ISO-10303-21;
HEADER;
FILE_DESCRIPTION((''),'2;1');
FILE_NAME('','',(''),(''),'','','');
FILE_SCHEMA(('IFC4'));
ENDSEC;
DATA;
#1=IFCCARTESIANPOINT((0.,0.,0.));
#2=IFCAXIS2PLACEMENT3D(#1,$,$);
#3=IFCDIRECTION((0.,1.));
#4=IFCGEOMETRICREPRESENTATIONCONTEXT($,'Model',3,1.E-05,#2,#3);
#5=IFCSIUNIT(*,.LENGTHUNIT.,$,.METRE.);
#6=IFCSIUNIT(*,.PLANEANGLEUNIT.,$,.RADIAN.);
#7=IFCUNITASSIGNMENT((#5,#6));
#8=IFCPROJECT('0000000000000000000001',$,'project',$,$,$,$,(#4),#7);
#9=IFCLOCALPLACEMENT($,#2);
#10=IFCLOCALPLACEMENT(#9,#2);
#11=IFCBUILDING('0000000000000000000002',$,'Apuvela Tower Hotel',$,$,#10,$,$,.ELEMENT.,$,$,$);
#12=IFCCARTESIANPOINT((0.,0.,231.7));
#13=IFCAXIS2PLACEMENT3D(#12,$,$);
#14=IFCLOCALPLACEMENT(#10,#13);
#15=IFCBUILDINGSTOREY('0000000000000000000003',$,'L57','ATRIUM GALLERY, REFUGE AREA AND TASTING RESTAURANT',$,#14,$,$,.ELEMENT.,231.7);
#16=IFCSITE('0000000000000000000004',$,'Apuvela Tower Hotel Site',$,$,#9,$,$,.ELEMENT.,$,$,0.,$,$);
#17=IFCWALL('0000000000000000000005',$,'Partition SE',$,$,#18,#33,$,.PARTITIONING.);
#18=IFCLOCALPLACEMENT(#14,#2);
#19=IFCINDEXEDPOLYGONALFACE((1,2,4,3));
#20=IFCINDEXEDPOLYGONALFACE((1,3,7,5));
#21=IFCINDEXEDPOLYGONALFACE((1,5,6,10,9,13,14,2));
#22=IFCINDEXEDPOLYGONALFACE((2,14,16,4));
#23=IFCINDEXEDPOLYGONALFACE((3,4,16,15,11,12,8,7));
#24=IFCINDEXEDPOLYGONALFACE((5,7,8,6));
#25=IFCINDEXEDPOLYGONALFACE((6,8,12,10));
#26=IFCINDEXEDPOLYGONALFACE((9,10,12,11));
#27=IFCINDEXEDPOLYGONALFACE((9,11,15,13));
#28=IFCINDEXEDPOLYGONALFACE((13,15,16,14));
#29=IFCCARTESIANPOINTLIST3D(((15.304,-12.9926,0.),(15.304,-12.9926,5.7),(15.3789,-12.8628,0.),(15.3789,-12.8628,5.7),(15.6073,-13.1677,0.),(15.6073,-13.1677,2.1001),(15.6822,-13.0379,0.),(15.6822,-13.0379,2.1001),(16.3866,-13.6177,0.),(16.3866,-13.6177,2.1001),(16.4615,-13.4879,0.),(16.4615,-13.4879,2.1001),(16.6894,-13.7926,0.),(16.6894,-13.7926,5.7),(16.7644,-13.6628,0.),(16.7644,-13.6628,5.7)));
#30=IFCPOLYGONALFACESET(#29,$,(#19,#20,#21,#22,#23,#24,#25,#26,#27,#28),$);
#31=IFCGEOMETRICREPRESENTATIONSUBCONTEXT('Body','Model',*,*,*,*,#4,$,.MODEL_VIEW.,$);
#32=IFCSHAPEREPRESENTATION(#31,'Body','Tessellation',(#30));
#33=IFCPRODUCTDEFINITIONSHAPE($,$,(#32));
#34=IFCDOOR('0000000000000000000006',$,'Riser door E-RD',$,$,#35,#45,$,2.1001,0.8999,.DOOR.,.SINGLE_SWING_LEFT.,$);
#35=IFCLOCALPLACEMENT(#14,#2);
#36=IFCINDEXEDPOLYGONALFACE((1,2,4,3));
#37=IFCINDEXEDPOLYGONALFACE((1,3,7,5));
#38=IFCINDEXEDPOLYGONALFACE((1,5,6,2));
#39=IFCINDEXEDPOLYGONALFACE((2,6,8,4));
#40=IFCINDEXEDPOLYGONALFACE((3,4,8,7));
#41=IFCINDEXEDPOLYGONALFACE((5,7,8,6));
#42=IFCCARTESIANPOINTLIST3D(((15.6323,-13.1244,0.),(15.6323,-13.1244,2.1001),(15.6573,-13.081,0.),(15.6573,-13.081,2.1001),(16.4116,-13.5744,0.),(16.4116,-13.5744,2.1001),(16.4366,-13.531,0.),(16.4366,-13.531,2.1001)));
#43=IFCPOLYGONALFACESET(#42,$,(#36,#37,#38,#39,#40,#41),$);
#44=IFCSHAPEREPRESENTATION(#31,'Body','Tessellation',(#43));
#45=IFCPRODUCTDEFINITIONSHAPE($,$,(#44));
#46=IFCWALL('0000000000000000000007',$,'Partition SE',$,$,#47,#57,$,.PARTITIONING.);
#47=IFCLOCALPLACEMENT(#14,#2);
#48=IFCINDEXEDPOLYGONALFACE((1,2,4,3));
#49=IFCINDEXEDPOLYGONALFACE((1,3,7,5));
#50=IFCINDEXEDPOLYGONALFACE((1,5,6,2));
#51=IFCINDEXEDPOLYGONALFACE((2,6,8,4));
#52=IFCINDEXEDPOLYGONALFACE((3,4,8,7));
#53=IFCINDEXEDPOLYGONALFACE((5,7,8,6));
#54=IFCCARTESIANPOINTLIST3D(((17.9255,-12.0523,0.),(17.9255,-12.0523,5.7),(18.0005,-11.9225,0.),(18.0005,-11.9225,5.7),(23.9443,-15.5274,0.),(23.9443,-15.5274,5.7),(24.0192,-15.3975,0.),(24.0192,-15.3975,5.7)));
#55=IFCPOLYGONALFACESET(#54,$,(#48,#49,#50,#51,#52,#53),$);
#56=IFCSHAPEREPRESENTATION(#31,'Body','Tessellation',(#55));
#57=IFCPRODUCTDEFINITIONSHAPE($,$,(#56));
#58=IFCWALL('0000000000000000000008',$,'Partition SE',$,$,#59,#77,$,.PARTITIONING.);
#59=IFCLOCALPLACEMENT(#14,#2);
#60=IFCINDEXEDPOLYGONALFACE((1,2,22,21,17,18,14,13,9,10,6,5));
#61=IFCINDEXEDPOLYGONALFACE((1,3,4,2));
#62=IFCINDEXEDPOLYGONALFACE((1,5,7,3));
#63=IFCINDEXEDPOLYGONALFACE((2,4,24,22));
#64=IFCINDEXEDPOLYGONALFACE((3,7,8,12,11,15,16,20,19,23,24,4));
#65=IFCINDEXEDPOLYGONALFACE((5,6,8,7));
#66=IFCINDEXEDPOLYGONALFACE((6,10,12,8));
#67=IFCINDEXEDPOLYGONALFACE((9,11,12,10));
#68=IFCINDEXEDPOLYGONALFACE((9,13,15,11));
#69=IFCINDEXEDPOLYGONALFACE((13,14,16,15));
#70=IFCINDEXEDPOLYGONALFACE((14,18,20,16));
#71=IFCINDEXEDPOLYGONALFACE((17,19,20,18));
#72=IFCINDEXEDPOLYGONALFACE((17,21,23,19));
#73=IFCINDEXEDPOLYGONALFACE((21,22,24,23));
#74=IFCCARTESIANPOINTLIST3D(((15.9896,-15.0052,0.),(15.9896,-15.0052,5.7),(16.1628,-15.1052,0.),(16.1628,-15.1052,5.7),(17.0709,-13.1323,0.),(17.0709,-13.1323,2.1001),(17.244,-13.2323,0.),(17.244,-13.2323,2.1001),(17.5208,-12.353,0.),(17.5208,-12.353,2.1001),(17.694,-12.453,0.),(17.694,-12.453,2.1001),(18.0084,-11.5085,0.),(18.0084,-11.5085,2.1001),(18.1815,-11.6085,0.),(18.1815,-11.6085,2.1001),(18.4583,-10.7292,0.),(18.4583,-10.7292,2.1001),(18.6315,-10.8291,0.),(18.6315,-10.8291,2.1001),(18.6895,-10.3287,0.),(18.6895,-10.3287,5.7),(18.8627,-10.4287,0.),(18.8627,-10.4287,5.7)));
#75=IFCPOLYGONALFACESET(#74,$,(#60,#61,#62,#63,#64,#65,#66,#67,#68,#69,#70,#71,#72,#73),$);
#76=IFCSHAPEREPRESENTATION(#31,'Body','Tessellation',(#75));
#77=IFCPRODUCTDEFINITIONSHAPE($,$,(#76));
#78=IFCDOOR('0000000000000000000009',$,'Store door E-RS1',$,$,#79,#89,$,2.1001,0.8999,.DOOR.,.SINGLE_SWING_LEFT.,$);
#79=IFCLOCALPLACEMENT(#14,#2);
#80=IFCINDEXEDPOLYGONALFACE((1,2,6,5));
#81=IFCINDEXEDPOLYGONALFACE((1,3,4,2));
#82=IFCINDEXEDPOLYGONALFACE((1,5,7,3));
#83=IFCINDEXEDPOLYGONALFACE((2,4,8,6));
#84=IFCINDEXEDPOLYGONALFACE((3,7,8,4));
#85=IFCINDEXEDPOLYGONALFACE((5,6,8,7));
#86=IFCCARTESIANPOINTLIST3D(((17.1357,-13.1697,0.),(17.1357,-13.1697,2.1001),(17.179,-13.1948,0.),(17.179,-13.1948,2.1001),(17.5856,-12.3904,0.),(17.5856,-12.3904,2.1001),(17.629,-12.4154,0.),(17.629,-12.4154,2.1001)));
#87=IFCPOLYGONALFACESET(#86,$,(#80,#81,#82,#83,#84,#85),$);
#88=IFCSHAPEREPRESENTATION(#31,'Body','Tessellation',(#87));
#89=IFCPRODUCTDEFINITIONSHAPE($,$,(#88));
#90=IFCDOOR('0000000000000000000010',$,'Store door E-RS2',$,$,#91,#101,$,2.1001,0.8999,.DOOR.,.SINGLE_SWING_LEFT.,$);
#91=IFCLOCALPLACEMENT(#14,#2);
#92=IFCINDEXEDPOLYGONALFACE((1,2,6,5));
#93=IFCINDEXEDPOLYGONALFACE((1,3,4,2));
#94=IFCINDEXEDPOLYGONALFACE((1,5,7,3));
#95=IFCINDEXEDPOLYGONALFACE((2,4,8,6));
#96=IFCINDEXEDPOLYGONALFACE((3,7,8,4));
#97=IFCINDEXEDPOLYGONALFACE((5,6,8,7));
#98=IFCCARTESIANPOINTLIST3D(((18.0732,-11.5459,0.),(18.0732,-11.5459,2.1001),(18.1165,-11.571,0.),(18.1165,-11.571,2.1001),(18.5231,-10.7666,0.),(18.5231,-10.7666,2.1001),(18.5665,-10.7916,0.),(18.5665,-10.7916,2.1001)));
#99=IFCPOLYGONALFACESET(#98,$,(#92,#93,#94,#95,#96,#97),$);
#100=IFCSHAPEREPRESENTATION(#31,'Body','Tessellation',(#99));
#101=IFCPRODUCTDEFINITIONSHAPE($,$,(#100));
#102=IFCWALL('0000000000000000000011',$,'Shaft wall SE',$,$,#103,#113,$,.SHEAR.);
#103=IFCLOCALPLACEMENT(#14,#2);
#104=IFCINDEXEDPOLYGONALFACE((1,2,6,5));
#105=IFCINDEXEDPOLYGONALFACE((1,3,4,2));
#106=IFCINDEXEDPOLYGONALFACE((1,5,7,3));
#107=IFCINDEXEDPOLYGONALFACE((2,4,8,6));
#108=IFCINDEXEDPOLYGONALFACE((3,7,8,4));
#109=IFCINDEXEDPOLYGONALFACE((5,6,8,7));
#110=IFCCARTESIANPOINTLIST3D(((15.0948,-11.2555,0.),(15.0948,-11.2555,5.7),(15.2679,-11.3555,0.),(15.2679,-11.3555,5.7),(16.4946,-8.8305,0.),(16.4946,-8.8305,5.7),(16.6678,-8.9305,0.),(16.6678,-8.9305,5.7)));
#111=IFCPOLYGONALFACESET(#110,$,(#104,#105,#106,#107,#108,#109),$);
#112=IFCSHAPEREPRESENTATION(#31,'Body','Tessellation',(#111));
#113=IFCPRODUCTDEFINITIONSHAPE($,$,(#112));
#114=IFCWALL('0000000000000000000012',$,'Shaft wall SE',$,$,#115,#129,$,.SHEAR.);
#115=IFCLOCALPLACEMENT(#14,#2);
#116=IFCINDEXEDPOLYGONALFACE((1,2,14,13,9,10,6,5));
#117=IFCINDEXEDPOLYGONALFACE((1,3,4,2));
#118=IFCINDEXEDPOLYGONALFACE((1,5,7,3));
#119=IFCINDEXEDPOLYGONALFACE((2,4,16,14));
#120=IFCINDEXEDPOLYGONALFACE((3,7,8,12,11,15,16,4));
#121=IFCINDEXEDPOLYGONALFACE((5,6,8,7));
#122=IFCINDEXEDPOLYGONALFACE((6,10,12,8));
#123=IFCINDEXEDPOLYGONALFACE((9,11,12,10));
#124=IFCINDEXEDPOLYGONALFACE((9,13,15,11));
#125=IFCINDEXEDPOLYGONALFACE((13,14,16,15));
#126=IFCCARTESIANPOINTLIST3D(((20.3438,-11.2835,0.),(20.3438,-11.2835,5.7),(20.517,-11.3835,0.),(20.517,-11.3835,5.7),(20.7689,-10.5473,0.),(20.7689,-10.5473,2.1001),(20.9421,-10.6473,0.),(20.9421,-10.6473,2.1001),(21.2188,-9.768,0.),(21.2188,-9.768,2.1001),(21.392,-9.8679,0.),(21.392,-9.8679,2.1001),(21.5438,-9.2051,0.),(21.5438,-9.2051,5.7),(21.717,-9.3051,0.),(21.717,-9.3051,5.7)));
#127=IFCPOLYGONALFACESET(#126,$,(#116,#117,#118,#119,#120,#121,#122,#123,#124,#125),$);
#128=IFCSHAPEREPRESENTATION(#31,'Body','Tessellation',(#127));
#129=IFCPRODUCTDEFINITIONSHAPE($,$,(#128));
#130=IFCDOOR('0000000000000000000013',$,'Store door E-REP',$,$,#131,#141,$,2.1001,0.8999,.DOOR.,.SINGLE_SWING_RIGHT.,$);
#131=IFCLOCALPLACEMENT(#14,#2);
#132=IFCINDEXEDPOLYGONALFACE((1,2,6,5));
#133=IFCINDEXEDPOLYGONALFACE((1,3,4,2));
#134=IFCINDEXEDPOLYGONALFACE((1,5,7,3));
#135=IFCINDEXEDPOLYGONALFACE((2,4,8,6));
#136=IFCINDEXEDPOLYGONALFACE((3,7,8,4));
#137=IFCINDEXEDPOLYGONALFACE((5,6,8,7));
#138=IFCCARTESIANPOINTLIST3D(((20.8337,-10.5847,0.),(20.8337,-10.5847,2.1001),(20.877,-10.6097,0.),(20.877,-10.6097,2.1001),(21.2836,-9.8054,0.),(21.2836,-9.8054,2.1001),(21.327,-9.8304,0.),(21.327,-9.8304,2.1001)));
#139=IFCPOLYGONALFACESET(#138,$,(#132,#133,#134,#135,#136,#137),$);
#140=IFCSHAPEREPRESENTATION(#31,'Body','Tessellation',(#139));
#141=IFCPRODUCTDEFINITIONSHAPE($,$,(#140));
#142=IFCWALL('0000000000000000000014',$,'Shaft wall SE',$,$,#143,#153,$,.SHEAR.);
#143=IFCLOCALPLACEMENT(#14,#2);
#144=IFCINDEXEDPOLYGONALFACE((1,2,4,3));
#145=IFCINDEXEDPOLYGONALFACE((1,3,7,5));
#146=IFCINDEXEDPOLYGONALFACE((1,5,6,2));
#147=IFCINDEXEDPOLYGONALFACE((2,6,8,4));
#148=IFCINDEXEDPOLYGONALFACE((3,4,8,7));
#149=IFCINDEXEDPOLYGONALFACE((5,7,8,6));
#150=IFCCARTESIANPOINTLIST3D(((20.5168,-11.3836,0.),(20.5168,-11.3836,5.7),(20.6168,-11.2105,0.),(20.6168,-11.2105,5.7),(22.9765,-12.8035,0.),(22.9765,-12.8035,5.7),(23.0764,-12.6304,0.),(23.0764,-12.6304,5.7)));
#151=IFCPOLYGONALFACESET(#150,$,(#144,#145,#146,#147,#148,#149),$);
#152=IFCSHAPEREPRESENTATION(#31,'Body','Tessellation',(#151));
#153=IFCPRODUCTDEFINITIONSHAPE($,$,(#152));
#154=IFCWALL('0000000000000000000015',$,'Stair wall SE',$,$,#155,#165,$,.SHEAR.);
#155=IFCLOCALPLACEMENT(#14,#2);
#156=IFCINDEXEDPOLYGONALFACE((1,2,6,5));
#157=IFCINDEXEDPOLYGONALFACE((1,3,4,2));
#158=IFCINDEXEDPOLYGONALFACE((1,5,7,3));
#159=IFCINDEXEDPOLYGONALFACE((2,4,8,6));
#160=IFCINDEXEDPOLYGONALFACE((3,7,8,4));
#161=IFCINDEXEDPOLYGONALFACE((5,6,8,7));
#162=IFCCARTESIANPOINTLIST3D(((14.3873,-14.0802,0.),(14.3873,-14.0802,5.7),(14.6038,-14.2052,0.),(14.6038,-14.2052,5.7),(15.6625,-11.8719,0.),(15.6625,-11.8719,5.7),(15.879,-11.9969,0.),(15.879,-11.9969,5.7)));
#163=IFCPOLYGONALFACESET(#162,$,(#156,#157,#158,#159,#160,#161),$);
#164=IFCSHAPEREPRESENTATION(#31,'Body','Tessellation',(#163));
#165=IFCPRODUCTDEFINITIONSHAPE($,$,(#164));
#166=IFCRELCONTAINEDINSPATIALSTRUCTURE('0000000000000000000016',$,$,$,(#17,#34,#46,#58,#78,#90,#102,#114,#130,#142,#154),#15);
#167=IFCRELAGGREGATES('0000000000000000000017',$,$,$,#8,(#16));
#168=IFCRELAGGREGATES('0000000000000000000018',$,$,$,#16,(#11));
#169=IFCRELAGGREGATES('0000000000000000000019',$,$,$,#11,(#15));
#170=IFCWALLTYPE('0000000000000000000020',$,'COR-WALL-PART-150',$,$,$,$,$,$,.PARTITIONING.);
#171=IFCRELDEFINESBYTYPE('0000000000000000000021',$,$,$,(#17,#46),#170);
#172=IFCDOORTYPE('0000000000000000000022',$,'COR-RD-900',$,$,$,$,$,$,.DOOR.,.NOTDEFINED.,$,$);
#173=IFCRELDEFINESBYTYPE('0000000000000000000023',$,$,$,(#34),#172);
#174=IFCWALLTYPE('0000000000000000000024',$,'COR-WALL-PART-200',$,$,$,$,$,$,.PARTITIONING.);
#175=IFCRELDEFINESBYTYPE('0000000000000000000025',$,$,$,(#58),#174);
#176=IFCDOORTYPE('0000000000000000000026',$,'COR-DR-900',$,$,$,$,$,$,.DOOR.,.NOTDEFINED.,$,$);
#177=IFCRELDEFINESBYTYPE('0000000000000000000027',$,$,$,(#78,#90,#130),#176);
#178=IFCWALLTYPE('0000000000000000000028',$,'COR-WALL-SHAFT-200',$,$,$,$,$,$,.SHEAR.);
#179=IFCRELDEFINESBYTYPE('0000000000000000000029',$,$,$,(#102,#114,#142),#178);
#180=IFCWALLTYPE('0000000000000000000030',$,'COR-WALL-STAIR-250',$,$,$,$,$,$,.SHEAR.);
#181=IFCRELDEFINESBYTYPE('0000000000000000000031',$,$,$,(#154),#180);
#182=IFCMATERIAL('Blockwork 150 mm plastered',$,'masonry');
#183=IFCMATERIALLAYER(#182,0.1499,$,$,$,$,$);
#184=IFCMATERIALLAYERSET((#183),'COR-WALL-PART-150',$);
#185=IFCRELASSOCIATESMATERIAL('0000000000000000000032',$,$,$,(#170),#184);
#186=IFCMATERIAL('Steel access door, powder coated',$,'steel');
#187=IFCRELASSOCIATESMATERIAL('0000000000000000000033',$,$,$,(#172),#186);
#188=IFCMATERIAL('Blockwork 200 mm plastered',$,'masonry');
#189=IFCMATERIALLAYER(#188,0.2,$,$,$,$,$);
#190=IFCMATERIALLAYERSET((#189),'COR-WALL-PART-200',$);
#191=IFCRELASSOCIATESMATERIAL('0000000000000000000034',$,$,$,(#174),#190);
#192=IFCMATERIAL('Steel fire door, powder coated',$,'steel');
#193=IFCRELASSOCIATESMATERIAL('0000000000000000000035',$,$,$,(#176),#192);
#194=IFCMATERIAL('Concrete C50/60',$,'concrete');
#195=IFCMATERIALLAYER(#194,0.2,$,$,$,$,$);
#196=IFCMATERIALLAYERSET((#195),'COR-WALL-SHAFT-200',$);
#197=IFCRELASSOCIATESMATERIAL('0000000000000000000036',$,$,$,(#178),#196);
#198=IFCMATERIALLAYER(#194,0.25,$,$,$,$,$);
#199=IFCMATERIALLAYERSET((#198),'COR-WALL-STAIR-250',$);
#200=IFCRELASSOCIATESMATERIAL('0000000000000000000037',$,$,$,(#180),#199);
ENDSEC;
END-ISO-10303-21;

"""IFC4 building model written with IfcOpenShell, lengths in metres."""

from ifc_helpers import new_model, si_unit, direction, frame, frame_2d, origin, place, context, subcontext, project, spatial, rectangle, extrude, material, layer, layer_set, type_object, element, fill, save


model = new_model("IFC4")

# Units and contexts
model_context = context("Model", 3, precision=1e-05, world=origin(), true_north=direction((0.0, 1.0)))
body_context = subcontext(model_context, "Body", "Model", "MODEL_VIEW")
ifc_project = project(units=[si_unit("LENGTHUNIT", "METRE"), si_unit("PLANEANGLEUNIT", "RADIAN")], contexts=[model_context])

# Site, building, storey
site_placement = place(None, origin())
site = spatial("IfcSite", under=ifc_project, at=site_placement, Name="Apuvela Tower Hotel Site", CompositionType="ELEMENT", RefElevation=0.0)
building_placement = place(site_placement, origin())
building = spatial("IfcBuilding", under=site, at=building_placement, Name="Apuvela Tower Hotel", CompositionType="ELEMENT")
storey_placement = place(building_placement, frame((0.0, 0.0, 231.7)))
storey = spatial("IfcBuildingStorey", under=building, at=storey_placement, Name="L57", Description="ATRIUM GALLERY, REFUGE AREA AND TASTING RESTAURANT", CompositionType="ELEMENT", Elevation=231.7)

# Wall, opening, door
ifc_material_1 = material(Name="Blockwork 150 mm plastered", Category="masonry")
ifc_layer_1 = layer(ifc_material_1, 0.1499)
ifc_layer_set_1 = layer_set([ifc_layer_1], Name="COR-WALL-PART-150")
wall_type_1 = type_object("IfcWallType", Name="COR-WALL-PART-150", PredefinedType="PARTITIONING", material=ifc_layer_set_1)
wall_1_placement = place(storey_placement, frame((15.3416, -12.9277, 0.0), z_axis=(0.0, 0.0, 1.0), x_axis=(0.86599, -0.500061, 0.0)))
wall_1 = element("IfcWall", 1, at=wall_1_placement, inside=storey, type_object=wall_type_1, Name="Partition SE", PredefinedType="PARTITIONING", context=body_context, shape_type="SweptSolid", body=[
    extrude(rectangle(XDim=1.5999, YDim=0.1499, at=frame_2d((0.7998, 0.0))), origin(), (0.0, 0.0, 1.0), 5.7),
])
opening_1_placement = place(wall_1_placement, frame((0.3501, 0.0, 0.0)))
opening_1 = element("IfcOpeningElement", 2, at=opening_1_placement, cuts=wall_1, PredefinedType="OPENING", context=body_context, shape_type="SweptSolid", body=[
    extrude(rectangle(XDim=0.8999, YDim=2.1001, at=frame_2d((0.45, 1.05))), frame((0.0, 0.085, 0.0), z_axis=(0.0, -1.0, 0.0), x_axis=(1.0, 0.0, 0.0)), (0.0, 0.0, 1.0), 0.1699),
])
ifc_material_2 = material(Name="Steel access door, powder coated", Category="steel")
door_type_1 = type_object("IfcDoorType", Name="COR-RD-900", OperationType="NOTDEFINED", PredefinedType="DOOR", material=ifc_material_2)
door_1_placement = place(opening_1_placement, frame((0.8999, 0.0, 0.0), z_axis=(0.0, 0.0, 1.0), x_axis=(-1.0, 0.0, 0.0)))
door_1 = element("IfcDoor", 3, at=door_1_placement, inside=storey, type_object=door_type_1, Name="Riser door E-RD", OperationType="SINGLE_SWING_LEFT", OverallHeight=2.1001, OverallWidth=0.8999, PredefinedType="DOOR", context=body_context, shape_type="SweptSolid", body=[
    extrude(rectangle(XDim=0.8999, YDim=2.1001, at=frame_2d((0.45, 1.05))), frame((0.0, 0.0249, 0.0), z_axis=(0.0, -1.0, 0.0), x_axis=(1.0, 0.0, 0.0)), (0.0, 0.0, 1.0), 0.05),
])
fill(opening_1, door_1)

# Wall
wall_2_placement = place(storey_placement, frame((17.9629, -11.9873, 0.0), z_axis=(0.0, 0.0, 1.0), x_axis=(0.866017, -0.500015, 0.0)))
element("IfcWall", 4, at=wall_2_placement, inside=storey, type_object=wall_type_1, Name="Partition SE", PredefinedType="PARTITIONING", context=body_context, shape_type="SweptSolid", body=[
    extrude(rectangle(XDim=6.95, YDim=0.1499, at=frame_2d((3.4751, 0.0))), origin(), (0.0, 0.0, 1.0), 5.7),
])

# Wall, openings, doors
ifc_material_3 = material(Name="Blockwork 200 mm plastered", Category="masonry")
ifc_layer_2 = layer(ifc_material_3, 0.2)
ifc_layer_set_2 = layer_set([ifc_layer_2], Name="COR-WALL-PART-200")
wall_type_2 = type_object("IfcWallType", Name="COR-WALL-PART-200", PredefinedType="PARTITIONING", material=ifc_layer_set_2)
wall_3_placement = place(storey_placement, frame((16.0762, -15.0552, 0.0), z_axis=(0.0, 0.0, 1.0), x_axis=(0.499995, 0.866028, 0.0)))
wall_3 = element("IfcWall", 5, at=wall_3_placement, inside=storey, type_object=wall_type_2, Name="Partition SE", PredefinedType="PARTITIONING", context=body_context, shape_type="SweptSolid", body=[
    extrude(rectangle(XDim=5.3999, YDim=0.2, at=frame_2d((2.7, 0.0))), origin(), (0.0, 0.0, 1.0), 5.7),
])
opening_2_placement = place(wall_3_placement, frame((2.1626, 0.0, 0.0)))
opening_2 = element("IfcOpeningElement", 6, at=opening_2_placement, cuts=wall_3, PredefinedType="OPENING", context=body_context, shape_type="SweptSolid", body=[
    extrude(rectangle(XDim=0.8999, YDim=2.1001, at=frame_2d((0.45, 1.05))), frame((0.0, 0.1099, 0.0), z_axis=(0.0, -1.0, 0.0), x_axis=(1.0, 0.0, 0.0)), (0.0, 0.0, 1.0), 0.22),
])
opening_3_placement = place(wall_3_placement, frame((4.0376, 0.0, 0.0)))
opening_3 = element("IfcOpeningElement", 7, at=opening_3_placement, cuts=wall_3, PredefinedType="OPENING", context=body_context, shape_type="SweptSolid", body=[
    extrude(rectangle(XDim=0.8999, YDim=2.1001, at=frame_2d((0.45, 1.05))), frame((0.0, 0.1099, 0.0), z_axis=(0.0, -1.0, 0.0), x_axis=(1.0, 0.0, 0.0)), (0.0, 0.0, 1.0), 0.22),
])
ifc_material_4 = material(Name="Steel fire door, powder coated", Category="steel")
door_type_2 = type_object("IfcDoorType", Name="COR-DR-900", OperationType="NOTDEFINED", PredefinedType="DOOR", material=ifc_material_4)
door_2_placement = place(opening_2_placement, frame((0.8999, 0.0, 0.0), z_axis=(0.0, 0.0, 1.0), x_axis=(-1.0, 0.0, 0.0)))
door_2 = element("IfcDoor", 8, at=door_2_placement, inside=storey, type_object=door_type_2, Name="Store door E-RS1", OperationType="SINGLE_SWING_LEFT", OverallHeight=2.1001, OverallWidth=0.8999, PredefinedType="DOOR", context=body_context, shape_type="SweptSolid", body=[
    extrude(rectangle(XDim=0.8999, YDim=2.1001, at=frame_2d((0.45, 1.05))), frame((0.0, 0.0249, 0.0), z_axis=(0.0, -1.0, 0.0), x_axis=(1.0, 0.0, 0.0)), (0.0, 0.0, 1.0), 0.05),
])
fill(opening_2, door_2)
door_3_placement = place(opening_3_placement, frame((0.8999, 0.0, 0.0), z_axis=(0.0, 0.0, 1.0), x_axis=(-1.0, 0.0, 0.0)))
door_3 = element("IfcDoor", 9, at=door_3_placement, inside=storey, type_object=door_type_2, Name="Store door E-RS2", OperationType="SINGLE_SWING_LEFT", OverallHeight=2.1001, OverallWidth=0.8999, PredefinedType="DOOR", context=body_context, shape_type="SweptSolid", body=[
    extrude(rectangle(XDim=0.8999, YDim=2.1001, at=frame_2d((0.45, 1.05))), frame((0.0, 0.0249, 0.0), z_axis=(0.0, -1.0, 0.0), x_axis=(1.0, 0.0, 0.0)), (0.0, 0.0, 1.0), 0.05),
])
fill(opening_3, door_3)

# Wall
ifc_material_5 = material(Name="Concrete C50/60", Category="concrete")
ifc_layer_3 = layer(ifc_material_5, 0.2)
ifc_layer_set_3 = layer_set([ifc_layer_3], Name="COR-WALL-SHAFT-200")
wall_type_3 = type_object("IfcWallType", Name="COR-WALL-SHAFT-200", PredefinedType="SHEAR", material=ifc_layer_set_3)
wall_4_placement = place(storey_placement, frame((15.1814, -11.3054, 0.0), z_axis=(0.0, 0.0, 1.0), x_axis=(0.499946, 0.866056, 0.0)))
element("IfcWall", 10, at=wall_4_placement, inside=storey, type_object=wall_type_3, Name="Shaft wall SE", PredefinedType="SHEAR", context=body_context, shape_type="SweptSolid", body=[
    extrude(rectangle(XDim=2.8, YDim=0.2, at=frame_2d((1.3999, 0.0))), origin(), (0.0, 0.0, 1.0), 5.7),
])

# Wall, opening, door
wall_5_placement = place(storey_placement, frame((20.4304, -11.3335, 0.0), z_axis=(0.0, 0.0, 1.0), x_axis=(0.500001, 0.866025, 0.0)))
wall_5 = element("IfcWall", 11, at=wall_5_placement, inside=storey, type_object=wall_type_3, Name="Shaft wall SE", PredefinedType="SHEAR", context=body_context, shape_type="SweptSolid", body=[
    extrude(rectangle(XDim=2.3999, YDim=0.2, at=frame_2d((1.2, 0.0))), origin(), (0.0, 0.0, 1.0), 5.7),
])
opening_4_placement = place(wall_5_placement, frame((0.8501, 0.0, 0.0)))
opening_4 = element("IfcOpeningElement", 12, at=opening_4_placement, cuts=wall_5, PredefinedType="OPENING", context=body_context, shape_type="SweptSolid", body=[
    extrude(rectangle(XDim=0.8999, YDim=2.1001, at=frame_2d((0.45, 1.05))), frame((0.0, 0.1099, 0.0), z_axis=(0.0, -1.0, 0.0), x_axis=(1.0, 0.0, 0.0)), (0.0, 0.0, 1.0), 0.22),
])
door_4_placement = place(opening_4_placement, frame((0.8999, 0.0, 0.0), z_axis=(0.0, 0.0, 1.0), x_axis=(-1.0, 0.0, 0.0)))
door_4 = element("IfcDoor", 13, at=door_4_placement, inside=storey, type_object=door_type_2, Name="Store door E-REP", OperationType="SINGLE_SWING_RIGHT", OverallHeight=2.1001, OverallWidth=0.8999, PredefinedType="DOOR", context=body_context, shape_type="SweptSolid", body=[
    extrude(rectangle(XDim=0.8999, YDim=2.1001, at=frame_2d((0.45, 1.05))), frame((0.0, 0.0249, 0.0), z_axis=(0.0, -1.0, 0.0), x_axis=(1.0, 0.0, 0.0)), (0.0, 0.0, 1.0), 0.05),
])
fill(opening_4, door_4)

# Walls
wall_6_placement = place(storey_placement, frame((20.5669, -11.2971, 0.0), z_axis=(0.0, 0.0, 1.0), x_axis=(0.866055, -0.499948, 0.0)))
element("IfcWall", 14, at=wall_6_placement, inside=storey, type_object=wall_type_3, Name="Shaft wall SE", PredefinedType="SHEAR", context=body_context, shape_type="SweptSolid", body=[
    extrude(rectangle(XDim=2.8401, YDim=0.2, at=frame_2d((1.4199, 0.0))), origin(), (0.0, 0.0, 1.0), 5.7),
])
ifc_layer_4 = layer(ifc_material_5, 0.25)
ifc_layer_set_4 = layer_set([ifc_layer_4], Name="COR-WALL-STAIR-250")
wall_type_4 = type_object("IfcWallType", Name="COR-WALL-STAIR-250", PredefinedType="SHEAR", material=ifc_layer_set_4)
wall_7_placement = place(storey_placement, frame((14.4956, -14.1426, 0.0), z_axis=(0.0, 0.0, 1.0), x_axis=(0.500062, 0.865989, 0.0)))
element("IfcWall", 15, at=wall_7_placement, inside=storey, type_object=wall_type_4, Name="Stair wall SE", PredefinedType="SHEAR", context=body_context, shape_type="SweptSolid", body=[
    extrude(rectangle(XDim=2.55, YDim=0.25, at=frame_2d((1.2749, 0.0))), origin(), (0.0, 0.0, 1.0), 5.7),
])

save(model, "model.ifc")
